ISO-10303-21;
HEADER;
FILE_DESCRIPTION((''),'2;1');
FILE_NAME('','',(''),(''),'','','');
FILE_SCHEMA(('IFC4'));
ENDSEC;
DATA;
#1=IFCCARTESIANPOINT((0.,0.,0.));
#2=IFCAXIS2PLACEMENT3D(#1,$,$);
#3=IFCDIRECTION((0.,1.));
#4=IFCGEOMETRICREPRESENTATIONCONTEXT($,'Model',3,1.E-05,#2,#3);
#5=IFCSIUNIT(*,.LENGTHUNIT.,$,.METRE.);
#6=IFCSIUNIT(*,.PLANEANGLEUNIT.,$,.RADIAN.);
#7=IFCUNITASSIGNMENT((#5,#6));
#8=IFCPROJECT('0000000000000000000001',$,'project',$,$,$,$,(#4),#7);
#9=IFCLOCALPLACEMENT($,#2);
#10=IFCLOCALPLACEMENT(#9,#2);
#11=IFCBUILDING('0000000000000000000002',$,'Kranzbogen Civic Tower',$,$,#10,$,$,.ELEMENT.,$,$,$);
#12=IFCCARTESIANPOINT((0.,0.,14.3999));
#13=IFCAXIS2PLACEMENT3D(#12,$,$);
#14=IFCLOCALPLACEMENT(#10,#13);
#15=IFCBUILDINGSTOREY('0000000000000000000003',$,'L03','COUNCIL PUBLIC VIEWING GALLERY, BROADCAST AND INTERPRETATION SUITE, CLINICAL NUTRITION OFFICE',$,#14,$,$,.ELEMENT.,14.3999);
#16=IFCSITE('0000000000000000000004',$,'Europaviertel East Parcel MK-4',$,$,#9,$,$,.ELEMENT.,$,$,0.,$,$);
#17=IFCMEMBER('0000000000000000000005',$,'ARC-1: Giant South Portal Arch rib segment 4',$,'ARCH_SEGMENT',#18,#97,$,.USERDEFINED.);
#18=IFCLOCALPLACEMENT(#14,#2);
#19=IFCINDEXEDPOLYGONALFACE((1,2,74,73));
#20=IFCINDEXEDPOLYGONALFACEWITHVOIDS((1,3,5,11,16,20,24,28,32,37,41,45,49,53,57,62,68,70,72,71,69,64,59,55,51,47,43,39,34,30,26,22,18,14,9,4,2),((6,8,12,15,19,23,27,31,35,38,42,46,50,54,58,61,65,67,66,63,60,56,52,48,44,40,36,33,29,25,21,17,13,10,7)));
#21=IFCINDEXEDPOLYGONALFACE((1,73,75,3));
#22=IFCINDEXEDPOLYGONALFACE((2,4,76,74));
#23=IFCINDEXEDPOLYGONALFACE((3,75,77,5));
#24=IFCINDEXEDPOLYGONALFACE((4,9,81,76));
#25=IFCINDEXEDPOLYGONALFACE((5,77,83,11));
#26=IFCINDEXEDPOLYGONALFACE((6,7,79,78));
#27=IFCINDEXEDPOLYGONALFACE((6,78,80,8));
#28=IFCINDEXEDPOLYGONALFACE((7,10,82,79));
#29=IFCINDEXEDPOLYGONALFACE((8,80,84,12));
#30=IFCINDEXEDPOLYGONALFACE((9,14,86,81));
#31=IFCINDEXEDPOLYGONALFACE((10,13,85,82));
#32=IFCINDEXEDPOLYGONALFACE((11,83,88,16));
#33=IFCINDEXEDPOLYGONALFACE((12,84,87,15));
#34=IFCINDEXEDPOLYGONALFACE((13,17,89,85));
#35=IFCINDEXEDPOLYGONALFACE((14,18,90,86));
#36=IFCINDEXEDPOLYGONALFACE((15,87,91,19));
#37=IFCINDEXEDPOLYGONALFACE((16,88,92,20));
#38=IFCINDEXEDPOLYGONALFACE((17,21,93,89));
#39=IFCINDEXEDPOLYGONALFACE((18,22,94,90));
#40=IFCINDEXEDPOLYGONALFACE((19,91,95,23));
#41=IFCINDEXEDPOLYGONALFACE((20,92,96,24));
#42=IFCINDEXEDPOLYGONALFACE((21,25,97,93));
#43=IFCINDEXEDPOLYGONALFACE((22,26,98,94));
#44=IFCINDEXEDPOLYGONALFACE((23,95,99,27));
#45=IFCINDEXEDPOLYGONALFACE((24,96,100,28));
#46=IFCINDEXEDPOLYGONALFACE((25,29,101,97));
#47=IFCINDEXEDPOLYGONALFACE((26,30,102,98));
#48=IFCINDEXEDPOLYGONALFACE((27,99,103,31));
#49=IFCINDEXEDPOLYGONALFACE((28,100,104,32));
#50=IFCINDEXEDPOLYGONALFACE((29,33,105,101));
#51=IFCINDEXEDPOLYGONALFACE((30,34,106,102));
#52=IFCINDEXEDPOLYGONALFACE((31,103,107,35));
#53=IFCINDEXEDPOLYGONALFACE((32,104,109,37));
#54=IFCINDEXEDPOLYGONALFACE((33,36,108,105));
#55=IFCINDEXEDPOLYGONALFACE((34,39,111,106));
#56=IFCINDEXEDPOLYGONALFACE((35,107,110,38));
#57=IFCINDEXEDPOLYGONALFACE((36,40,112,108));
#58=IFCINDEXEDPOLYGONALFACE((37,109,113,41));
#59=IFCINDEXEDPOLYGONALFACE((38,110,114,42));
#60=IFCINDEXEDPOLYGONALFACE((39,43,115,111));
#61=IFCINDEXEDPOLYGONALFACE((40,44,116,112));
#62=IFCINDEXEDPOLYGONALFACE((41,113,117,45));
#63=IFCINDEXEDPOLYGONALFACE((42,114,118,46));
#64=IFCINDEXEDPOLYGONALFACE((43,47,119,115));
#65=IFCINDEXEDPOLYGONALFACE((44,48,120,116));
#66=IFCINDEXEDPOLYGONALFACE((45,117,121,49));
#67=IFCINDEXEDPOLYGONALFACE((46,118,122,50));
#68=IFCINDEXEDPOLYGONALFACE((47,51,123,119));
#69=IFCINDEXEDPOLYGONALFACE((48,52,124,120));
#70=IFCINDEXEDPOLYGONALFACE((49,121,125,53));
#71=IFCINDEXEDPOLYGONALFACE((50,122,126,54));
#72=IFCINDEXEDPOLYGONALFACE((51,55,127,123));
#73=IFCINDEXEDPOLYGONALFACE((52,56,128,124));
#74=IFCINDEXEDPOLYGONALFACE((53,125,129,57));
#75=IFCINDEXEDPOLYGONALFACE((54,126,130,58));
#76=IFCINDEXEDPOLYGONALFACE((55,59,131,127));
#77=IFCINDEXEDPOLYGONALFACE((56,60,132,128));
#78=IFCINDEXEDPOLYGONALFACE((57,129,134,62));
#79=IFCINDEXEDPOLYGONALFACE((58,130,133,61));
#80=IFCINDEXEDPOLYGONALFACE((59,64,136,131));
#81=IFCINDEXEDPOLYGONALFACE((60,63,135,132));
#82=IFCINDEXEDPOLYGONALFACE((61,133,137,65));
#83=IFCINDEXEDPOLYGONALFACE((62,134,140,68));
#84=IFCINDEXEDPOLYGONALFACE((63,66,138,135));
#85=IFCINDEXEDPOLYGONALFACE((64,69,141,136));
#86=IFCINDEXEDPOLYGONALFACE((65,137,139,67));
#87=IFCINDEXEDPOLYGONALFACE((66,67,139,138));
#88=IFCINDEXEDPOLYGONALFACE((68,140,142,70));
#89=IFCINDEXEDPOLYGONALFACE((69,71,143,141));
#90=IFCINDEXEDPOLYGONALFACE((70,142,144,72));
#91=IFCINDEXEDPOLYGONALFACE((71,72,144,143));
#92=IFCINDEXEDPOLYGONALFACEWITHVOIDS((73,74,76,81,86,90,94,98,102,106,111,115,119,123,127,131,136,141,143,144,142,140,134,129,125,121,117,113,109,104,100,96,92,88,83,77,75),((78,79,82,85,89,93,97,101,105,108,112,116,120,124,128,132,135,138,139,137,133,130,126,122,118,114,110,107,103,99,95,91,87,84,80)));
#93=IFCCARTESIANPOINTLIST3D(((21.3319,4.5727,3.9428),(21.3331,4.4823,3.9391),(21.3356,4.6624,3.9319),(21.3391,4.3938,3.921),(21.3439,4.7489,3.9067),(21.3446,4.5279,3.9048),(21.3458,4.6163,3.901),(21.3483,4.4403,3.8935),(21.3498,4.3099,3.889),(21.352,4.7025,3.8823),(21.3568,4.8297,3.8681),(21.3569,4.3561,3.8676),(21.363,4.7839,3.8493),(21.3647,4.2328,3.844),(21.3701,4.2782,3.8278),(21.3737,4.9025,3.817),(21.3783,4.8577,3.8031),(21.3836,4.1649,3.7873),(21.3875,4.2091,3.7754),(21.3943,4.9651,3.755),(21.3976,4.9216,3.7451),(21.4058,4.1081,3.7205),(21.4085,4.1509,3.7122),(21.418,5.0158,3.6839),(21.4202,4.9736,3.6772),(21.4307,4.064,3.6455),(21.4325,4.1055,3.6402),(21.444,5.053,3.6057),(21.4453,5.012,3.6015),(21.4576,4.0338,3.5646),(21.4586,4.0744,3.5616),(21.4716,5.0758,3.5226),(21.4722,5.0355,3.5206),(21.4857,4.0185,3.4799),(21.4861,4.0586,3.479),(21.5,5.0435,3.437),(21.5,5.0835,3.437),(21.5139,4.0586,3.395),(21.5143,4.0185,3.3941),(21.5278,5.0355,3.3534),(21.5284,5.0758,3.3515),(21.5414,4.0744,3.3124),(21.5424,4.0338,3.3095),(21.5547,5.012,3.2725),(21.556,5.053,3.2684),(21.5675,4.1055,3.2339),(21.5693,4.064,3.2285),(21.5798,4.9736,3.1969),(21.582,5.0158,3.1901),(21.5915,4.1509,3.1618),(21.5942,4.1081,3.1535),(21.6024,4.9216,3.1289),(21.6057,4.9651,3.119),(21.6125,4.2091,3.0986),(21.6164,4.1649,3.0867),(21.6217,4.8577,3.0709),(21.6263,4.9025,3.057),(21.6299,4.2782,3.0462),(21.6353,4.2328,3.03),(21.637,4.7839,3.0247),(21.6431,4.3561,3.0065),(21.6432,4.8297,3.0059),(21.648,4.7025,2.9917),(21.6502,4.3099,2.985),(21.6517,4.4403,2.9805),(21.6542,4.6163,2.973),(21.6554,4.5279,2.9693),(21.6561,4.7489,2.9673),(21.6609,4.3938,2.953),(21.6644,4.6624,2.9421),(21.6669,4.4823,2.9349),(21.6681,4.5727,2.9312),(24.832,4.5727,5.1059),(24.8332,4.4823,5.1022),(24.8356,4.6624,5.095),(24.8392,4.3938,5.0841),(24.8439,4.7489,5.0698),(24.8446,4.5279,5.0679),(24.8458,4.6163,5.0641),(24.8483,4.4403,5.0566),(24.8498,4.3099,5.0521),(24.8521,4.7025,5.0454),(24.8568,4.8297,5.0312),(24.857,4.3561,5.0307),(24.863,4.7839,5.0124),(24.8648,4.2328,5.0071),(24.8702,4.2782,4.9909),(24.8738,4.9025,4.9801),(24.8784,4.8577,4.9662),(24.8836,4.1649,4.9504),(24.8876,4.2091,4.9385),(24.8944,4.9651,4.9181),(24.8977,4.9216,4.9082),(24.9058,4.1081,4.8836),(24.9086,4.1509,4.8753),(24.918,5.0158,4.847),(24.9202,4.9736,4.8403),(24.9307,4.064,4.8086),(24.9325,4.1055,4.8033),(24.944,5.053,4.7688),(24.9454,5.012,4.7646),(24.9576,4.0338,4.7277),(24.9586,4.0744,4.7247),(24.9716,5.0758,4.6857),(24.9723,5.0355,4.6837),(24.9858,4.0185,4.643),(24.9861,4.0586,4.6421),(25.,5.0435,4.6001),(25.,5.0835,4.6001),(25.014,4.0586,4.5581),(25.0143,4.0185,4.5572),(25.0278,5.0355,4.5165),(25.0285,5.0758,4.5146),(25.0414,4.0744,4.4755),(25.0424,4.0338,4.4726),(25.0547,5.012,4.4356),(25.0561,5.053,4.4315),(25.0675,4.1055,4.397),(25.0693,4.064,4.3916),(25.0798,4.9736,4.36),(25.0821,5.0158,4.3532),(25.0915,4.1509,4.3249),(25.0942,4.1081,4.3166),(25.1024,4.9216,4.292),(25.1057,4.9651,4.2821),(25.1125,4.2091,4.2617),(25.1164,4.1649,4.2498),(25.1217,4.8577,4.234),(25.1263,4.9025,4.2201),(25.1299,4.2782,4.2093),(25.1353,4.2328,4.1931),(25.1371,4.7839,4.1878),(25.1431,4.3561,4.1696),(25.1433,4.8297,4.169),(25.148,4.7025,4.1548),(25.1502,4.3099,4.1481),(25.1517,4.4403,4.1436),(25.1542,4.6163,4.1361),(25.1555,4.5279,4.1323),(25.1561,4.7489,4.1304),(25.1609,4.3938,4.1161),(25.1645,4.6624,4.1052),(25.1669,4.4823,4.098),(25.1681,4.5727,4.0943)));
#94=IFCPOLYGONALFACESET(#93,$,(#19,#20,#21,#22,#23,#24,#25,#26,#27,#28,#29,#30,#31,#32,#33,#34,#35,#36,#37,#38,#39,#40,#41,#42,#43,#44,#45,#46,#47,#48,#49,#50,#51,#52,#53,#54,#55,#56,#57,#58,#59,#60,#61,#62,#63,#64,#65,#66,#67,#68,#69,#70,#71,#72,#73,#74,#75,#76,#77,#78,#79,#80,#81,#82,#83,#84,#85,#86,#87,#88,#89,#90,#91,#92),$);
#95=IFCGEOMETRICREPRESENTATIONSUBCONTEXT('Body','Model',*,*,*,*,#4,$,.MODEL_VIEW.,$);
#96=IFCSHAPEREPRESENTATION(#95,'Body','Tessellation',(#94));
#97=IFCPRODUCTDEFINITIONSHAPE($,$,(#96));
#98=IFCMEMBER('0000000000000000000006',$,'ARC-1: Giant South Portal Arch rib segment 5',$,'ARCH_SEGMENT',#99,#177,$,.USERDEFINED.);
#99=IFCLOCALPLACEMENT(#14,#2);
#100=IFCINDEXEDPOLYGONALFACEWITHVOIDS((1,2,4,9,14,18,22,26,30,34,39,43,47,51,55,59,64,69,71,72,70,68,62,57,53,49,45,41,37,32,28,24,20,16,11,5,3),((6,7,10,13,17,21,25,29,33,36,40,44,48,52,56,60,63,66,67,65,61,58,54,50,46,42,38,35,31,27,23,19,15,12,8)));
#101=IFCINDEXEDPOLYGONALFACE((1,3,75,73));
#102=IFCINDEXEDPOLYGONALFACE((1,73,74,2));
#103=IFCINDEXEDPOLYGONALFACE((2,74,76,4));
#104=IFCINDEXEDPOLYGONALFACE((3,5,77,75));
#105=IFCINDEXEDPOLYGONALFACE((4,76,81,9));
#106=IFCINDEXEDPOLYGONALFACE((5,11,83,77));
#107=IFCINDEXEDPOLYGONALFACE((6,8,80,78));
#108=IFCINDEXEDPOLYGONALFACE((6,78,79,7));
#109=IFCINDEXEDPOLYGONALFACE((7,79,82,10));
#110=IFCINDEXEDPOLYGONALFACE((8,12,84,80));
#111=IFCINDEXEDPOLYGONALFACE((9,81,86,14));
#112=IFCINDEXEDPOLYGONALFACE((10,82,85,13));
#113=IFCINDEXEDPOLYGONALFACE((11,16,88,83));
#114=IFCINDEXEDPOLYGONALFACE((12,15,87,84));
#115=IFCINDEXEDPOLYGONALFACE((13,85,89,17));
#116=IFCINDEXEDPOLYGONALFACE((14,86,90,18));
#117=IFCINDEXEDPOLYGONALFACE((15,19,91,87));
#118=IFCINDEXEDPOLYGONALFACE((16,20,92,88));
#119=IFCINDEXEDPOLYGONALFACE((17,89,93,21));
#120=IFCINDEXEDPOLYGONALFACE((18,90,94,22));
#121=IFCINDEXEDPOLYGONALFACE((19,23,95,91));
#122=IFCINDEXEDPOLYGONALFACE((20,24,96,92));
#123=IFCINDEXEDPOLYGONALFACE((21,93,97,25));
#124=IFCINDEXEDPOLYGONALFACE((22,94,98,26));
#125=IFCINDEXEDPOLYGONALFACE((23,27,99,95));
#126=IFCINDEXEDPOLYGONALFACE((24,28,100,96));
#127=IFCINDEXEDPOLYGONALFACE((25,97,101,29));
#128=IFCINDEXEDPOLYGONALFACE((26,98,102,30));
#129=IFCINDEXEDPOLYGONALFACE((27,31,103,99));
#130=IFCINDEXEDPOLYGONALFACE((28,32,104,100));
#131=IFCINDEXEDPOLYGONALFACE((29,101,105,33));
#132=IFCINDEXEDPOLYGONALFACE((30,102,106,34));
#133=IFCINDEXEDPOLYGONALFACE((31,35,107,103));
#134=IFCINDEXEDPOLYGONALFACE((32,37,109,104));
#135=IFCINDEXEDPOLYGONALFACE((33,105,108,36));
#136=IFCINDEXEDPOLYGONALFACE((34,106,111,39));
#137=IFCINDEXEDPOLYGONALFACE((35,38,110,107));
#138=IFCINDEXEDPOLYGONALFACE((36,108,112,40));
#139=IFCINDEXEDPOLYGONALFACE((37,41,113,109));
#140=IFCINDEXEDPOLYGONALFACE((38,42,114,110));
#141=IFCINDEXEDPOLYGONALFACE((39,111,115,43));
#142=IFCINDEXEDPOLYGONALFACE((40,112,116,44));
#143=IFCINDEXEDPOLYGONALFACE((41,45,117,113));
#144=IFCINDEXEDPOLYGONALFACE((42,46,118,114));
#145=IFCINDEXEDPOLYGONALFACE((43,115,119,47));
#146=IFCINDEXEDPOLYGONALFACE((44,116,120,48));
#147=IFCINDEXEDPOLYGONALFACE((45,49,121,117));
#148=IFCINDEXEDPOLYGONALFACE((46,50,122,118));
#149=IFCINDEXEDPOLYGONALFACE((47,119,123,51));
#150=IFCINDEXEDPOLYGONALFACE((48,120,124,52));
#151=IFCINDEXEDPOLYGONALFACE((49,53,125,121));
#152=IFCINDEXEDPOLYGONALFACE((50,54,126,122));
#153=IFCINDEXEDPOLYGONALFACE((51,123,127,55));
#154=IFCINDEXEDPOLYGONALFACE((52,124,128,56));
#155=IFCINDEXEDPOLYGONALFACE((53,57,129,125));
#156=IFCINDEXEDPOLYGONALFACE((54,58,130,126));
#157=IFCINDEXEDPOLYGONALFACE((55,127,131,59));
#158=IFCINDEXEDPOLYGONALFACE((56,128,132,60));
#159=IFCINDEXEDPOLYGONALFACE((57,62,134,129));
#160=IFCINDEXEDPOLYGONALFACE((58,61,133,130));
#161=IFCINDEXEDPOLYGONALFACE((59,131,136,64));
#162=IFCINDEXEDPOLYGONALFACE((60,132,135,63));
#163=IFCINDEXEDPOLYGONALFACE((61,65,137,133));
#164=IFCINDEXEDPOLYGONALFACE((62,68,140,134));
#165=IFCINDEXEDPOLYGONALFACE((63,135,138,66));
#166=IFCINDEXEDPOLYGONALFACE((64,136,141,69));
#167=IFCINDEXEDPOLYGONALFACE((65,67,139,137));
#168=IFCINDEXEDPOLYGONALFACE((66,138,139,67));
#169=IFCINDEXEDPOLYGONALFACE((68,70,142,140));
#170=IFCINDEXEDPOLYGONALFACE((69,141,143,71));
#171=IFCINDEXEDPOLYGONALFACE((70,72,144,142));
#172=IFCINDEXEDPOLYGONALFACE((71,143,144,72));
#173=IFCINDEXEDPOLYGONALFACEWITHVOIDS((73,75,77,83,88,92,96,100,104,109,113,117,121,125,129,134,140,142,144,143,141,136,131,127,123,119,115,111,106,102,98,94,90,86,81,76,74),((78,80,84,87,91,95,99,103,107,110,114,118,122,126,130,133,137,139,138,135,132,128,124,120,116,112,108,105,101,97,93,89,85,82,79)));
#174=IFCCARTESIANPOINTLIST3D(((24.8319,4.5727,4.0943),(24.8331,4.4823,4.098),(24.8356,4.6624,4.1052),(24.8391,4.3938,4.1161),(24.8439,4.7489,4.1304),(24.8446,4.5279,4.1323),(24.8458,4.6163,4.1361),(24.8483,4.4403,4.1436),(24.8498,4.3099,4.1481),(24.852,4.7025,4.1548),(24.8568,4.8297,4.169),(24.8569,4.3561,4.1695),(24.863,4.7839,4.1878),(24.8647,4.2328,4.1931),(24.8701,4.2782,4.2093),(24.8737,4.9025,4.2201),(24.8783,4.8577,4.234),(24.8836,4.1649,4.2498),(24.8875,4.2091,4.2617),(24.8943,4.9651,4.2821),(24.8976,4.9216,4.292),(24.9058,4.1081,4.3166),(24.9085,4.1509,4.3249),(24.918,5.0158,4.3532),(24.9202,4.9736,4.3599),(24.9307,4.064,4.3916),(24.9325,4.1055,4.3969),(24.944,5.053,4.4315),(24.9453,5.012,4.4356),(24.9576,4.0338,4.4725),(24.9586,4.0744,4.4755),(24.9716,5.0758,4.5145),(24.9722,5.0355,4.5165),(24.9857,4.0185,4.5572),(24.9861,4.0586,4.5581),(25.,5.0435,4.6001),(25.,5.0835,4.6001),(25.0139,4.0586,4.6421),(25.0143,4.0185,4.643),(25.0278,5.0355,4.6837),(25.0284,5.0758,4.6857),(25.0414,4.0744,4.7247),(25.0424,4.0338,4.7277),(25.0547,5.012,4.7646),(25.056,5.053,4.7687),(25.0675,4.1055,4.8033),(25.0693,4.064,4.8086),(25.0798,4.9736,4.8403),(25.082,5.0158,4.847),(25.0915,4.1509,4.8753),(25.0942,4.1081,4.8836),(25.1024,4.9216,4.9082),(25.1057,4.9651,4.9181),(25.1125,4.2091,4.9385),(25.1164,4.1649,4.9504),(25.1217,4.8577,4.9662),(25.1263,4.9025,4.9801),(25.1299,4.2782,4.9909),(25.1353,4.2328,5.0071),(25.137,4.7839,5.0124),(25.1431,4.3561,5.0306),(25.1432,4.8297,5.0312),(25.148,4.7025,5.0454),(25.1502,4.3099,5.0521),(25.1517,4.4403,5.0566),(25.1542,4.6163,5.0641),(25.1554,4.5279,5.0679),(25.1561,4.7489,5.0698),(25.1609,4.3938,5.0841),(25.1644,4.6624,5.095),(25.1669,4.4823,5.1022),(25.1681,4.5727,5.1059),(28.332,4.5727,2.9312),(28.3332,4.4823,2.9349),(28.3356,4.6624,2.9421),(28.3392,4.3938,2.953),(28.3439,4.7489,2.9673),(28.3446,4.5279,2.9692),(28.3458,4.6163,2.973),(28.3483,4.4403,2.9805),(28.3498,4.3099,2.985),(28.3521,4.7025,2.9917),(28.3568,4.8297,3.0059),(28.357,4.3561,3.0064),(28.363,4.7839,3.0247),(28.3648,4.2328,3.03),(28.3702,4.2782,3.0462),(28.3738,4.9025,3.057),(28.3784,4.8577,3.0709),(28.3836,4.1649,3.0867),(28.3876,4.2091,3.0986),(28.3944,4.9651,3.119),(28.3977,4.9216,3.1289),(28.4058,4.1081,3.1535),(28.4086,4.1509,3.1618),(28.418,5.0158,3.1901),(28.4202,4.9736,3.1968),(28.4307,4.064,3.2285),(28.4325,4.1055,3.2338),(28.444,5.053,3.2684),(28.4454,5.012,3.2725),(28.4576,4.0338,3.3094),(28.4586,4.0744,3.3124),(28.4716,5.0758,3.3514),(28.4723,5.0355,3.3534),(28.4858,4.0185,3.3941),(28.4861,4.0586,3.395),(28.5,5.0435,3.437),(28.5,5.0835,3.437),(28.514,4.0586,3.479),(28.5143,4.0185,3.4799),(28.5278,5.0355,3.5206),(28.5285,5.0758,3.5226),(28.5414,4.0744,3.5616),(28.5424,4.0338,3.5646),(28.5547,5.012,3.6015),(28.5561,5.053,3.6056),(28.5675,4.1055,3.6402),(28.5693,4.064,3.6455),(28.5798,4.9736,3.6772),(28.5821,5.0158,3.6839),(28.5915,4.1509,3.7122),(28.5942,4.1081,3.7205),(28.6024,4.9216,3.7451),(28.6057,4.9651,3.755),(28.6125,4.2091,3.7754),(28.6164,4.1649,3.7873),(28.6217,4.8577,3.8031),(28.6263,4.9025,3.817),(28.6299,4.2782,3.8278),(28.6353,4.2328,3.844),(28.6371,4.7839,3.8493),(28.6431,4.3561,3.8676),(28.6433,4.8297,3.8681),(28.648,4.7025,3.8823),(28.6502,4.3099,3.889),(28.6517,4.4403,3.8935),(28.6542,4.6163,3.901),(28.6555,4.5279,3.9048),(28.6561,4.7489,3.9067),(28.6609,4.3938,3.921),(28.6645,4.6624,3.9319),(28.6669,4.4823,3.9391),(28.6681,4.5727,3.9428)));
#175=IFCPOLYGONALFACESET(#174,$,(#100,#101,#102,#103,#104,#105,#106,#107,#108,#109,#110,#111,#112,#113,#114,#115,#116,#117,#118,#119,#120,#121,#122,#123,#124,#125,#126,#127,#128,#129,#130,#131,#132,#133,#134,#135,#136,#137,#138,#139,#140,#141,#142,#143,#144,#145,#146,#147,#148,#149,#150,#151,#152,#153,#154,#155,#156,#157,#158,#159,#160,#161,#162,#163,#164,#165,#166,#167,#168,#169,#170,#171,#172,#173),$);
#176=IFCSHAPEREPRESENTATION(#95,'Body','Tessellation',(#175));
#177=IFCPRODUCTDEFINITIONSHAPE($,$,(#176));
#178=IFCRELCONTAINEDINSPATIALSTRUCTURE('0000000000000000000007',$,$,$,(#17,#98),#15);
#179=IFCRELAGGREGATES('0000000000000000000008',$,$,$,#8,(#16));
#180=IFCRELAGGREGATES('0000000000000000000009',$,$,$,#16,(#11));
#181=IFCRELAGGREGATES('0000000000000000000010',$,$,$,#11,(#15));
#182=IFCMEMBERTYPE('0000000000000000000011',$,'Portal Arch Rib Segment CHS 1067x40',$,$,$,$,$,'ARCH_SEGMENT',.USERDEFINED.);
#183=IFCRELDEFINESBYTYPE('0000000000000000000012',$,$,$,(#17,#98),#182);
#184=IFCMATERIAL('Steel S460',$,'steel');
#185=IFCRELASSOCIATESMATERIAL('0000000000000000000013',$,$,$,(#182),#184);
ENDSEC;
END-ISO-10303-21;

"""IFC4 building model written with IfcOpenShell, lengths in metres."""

from ifc_helpers import new_model, si_unit, direction, frame, origin, origin_2d, place, context, subcontext, project, spatial, hollow_circle, extrude, material, material_profile, profile_set, type_object, element, save


model = new_model("IFC4")

# Units and contexts
model_context = context("Model", 3, precision=1e-05, world=origin(), true_north=direction((0.0, 1.0)))
body_context = subcontext(model_context, "Body", "Model", "MODEL_VIEW")
ifc_project = project(units=[si_unit("LENGTHUNIT", "METRE"), si_unit("PLANEANGLEUNIT", "RADIAN")], contexts=[model_context])

# Site, building, storey
site_placement = place(None, origin())
site = spatial("IfcSite", under=ifc_project, at=site_placement, Name="Europaviertel East Parcel MK-4", CompositionType="ELEMENT", RefElevation=0.0)
building_placement = place(site_placement, origin())
building = spatial("IfcBuilding", under=site, at=building_placement, Name="Kranzbogen Civic Tower", CompositionType="ELEMENT")
storey_placement = place(building_placement, frame((0.0, 0.0, 14.3999)))
storey = spatial("IfcBuildingStorey", under=building, at=storey_placement, Name="L03", Description="COUNCIL PUBLIC VIEWING GALLERY, BROADCAST AND INTERPRETATION SUITE, CLINICAL NUTRITION OFFICE", CompositionType="ELEMENT", Elevation=14.3999)

# Members
ifc_material_1 = material(Name="Steel S460", Category="steel")
ifc_material_profile_1 = material_profile(ifc_material_1, hollow_circle(Radius=0.5334, WallThickness=0.04, at=origin_2d()), Name="CHS 1067x40")
ifc_profile_set_1 = profile_set([ifc_material_profile_1], Name="Steel S460")
member_type_1 = type_object("IfcMemberType", Name="Portal Arch Rib Segment CHS 1067x40", ElementType="ARCH_SEGMENT", PredefinedType="USERDEFINED", material=ifc_profile_set_1)
for number, where, z_axis, x_axis, name in (
    (1, (21.5, 4.55, 3.437), (0.948974, 0.0, 0.315354), (0.0, 1.0, 0.0), "ARC-1: Giant South Portal Arch rib segment 4"),
    (2, (25.0, 4.55, 4.6001), (0.948974, 0.0, -0.315354), (0.0, 1.0, 0.0), "ARC-1: Giant South Portal Arch rib segment 5"),
):
    element("IfcMember", number, at=place(storey_placement, frame(where, z_axis=z_axis, x_axis=x_axis)), inside=storey, type_object=member_type_1, Name=name, ObjectType="ARCH_SEGMENT", PredefinedType="USERDEFINED", context=body_context, shape_type="SweptSolid", body=[
        extrude(hollow_circle(Radius=0.5334, WallThickness=0.04, at=origin_2d()), origin(), (0.0, 0.0, 1.0), 3.6882),
    ])

save(model, "model.ifc")
